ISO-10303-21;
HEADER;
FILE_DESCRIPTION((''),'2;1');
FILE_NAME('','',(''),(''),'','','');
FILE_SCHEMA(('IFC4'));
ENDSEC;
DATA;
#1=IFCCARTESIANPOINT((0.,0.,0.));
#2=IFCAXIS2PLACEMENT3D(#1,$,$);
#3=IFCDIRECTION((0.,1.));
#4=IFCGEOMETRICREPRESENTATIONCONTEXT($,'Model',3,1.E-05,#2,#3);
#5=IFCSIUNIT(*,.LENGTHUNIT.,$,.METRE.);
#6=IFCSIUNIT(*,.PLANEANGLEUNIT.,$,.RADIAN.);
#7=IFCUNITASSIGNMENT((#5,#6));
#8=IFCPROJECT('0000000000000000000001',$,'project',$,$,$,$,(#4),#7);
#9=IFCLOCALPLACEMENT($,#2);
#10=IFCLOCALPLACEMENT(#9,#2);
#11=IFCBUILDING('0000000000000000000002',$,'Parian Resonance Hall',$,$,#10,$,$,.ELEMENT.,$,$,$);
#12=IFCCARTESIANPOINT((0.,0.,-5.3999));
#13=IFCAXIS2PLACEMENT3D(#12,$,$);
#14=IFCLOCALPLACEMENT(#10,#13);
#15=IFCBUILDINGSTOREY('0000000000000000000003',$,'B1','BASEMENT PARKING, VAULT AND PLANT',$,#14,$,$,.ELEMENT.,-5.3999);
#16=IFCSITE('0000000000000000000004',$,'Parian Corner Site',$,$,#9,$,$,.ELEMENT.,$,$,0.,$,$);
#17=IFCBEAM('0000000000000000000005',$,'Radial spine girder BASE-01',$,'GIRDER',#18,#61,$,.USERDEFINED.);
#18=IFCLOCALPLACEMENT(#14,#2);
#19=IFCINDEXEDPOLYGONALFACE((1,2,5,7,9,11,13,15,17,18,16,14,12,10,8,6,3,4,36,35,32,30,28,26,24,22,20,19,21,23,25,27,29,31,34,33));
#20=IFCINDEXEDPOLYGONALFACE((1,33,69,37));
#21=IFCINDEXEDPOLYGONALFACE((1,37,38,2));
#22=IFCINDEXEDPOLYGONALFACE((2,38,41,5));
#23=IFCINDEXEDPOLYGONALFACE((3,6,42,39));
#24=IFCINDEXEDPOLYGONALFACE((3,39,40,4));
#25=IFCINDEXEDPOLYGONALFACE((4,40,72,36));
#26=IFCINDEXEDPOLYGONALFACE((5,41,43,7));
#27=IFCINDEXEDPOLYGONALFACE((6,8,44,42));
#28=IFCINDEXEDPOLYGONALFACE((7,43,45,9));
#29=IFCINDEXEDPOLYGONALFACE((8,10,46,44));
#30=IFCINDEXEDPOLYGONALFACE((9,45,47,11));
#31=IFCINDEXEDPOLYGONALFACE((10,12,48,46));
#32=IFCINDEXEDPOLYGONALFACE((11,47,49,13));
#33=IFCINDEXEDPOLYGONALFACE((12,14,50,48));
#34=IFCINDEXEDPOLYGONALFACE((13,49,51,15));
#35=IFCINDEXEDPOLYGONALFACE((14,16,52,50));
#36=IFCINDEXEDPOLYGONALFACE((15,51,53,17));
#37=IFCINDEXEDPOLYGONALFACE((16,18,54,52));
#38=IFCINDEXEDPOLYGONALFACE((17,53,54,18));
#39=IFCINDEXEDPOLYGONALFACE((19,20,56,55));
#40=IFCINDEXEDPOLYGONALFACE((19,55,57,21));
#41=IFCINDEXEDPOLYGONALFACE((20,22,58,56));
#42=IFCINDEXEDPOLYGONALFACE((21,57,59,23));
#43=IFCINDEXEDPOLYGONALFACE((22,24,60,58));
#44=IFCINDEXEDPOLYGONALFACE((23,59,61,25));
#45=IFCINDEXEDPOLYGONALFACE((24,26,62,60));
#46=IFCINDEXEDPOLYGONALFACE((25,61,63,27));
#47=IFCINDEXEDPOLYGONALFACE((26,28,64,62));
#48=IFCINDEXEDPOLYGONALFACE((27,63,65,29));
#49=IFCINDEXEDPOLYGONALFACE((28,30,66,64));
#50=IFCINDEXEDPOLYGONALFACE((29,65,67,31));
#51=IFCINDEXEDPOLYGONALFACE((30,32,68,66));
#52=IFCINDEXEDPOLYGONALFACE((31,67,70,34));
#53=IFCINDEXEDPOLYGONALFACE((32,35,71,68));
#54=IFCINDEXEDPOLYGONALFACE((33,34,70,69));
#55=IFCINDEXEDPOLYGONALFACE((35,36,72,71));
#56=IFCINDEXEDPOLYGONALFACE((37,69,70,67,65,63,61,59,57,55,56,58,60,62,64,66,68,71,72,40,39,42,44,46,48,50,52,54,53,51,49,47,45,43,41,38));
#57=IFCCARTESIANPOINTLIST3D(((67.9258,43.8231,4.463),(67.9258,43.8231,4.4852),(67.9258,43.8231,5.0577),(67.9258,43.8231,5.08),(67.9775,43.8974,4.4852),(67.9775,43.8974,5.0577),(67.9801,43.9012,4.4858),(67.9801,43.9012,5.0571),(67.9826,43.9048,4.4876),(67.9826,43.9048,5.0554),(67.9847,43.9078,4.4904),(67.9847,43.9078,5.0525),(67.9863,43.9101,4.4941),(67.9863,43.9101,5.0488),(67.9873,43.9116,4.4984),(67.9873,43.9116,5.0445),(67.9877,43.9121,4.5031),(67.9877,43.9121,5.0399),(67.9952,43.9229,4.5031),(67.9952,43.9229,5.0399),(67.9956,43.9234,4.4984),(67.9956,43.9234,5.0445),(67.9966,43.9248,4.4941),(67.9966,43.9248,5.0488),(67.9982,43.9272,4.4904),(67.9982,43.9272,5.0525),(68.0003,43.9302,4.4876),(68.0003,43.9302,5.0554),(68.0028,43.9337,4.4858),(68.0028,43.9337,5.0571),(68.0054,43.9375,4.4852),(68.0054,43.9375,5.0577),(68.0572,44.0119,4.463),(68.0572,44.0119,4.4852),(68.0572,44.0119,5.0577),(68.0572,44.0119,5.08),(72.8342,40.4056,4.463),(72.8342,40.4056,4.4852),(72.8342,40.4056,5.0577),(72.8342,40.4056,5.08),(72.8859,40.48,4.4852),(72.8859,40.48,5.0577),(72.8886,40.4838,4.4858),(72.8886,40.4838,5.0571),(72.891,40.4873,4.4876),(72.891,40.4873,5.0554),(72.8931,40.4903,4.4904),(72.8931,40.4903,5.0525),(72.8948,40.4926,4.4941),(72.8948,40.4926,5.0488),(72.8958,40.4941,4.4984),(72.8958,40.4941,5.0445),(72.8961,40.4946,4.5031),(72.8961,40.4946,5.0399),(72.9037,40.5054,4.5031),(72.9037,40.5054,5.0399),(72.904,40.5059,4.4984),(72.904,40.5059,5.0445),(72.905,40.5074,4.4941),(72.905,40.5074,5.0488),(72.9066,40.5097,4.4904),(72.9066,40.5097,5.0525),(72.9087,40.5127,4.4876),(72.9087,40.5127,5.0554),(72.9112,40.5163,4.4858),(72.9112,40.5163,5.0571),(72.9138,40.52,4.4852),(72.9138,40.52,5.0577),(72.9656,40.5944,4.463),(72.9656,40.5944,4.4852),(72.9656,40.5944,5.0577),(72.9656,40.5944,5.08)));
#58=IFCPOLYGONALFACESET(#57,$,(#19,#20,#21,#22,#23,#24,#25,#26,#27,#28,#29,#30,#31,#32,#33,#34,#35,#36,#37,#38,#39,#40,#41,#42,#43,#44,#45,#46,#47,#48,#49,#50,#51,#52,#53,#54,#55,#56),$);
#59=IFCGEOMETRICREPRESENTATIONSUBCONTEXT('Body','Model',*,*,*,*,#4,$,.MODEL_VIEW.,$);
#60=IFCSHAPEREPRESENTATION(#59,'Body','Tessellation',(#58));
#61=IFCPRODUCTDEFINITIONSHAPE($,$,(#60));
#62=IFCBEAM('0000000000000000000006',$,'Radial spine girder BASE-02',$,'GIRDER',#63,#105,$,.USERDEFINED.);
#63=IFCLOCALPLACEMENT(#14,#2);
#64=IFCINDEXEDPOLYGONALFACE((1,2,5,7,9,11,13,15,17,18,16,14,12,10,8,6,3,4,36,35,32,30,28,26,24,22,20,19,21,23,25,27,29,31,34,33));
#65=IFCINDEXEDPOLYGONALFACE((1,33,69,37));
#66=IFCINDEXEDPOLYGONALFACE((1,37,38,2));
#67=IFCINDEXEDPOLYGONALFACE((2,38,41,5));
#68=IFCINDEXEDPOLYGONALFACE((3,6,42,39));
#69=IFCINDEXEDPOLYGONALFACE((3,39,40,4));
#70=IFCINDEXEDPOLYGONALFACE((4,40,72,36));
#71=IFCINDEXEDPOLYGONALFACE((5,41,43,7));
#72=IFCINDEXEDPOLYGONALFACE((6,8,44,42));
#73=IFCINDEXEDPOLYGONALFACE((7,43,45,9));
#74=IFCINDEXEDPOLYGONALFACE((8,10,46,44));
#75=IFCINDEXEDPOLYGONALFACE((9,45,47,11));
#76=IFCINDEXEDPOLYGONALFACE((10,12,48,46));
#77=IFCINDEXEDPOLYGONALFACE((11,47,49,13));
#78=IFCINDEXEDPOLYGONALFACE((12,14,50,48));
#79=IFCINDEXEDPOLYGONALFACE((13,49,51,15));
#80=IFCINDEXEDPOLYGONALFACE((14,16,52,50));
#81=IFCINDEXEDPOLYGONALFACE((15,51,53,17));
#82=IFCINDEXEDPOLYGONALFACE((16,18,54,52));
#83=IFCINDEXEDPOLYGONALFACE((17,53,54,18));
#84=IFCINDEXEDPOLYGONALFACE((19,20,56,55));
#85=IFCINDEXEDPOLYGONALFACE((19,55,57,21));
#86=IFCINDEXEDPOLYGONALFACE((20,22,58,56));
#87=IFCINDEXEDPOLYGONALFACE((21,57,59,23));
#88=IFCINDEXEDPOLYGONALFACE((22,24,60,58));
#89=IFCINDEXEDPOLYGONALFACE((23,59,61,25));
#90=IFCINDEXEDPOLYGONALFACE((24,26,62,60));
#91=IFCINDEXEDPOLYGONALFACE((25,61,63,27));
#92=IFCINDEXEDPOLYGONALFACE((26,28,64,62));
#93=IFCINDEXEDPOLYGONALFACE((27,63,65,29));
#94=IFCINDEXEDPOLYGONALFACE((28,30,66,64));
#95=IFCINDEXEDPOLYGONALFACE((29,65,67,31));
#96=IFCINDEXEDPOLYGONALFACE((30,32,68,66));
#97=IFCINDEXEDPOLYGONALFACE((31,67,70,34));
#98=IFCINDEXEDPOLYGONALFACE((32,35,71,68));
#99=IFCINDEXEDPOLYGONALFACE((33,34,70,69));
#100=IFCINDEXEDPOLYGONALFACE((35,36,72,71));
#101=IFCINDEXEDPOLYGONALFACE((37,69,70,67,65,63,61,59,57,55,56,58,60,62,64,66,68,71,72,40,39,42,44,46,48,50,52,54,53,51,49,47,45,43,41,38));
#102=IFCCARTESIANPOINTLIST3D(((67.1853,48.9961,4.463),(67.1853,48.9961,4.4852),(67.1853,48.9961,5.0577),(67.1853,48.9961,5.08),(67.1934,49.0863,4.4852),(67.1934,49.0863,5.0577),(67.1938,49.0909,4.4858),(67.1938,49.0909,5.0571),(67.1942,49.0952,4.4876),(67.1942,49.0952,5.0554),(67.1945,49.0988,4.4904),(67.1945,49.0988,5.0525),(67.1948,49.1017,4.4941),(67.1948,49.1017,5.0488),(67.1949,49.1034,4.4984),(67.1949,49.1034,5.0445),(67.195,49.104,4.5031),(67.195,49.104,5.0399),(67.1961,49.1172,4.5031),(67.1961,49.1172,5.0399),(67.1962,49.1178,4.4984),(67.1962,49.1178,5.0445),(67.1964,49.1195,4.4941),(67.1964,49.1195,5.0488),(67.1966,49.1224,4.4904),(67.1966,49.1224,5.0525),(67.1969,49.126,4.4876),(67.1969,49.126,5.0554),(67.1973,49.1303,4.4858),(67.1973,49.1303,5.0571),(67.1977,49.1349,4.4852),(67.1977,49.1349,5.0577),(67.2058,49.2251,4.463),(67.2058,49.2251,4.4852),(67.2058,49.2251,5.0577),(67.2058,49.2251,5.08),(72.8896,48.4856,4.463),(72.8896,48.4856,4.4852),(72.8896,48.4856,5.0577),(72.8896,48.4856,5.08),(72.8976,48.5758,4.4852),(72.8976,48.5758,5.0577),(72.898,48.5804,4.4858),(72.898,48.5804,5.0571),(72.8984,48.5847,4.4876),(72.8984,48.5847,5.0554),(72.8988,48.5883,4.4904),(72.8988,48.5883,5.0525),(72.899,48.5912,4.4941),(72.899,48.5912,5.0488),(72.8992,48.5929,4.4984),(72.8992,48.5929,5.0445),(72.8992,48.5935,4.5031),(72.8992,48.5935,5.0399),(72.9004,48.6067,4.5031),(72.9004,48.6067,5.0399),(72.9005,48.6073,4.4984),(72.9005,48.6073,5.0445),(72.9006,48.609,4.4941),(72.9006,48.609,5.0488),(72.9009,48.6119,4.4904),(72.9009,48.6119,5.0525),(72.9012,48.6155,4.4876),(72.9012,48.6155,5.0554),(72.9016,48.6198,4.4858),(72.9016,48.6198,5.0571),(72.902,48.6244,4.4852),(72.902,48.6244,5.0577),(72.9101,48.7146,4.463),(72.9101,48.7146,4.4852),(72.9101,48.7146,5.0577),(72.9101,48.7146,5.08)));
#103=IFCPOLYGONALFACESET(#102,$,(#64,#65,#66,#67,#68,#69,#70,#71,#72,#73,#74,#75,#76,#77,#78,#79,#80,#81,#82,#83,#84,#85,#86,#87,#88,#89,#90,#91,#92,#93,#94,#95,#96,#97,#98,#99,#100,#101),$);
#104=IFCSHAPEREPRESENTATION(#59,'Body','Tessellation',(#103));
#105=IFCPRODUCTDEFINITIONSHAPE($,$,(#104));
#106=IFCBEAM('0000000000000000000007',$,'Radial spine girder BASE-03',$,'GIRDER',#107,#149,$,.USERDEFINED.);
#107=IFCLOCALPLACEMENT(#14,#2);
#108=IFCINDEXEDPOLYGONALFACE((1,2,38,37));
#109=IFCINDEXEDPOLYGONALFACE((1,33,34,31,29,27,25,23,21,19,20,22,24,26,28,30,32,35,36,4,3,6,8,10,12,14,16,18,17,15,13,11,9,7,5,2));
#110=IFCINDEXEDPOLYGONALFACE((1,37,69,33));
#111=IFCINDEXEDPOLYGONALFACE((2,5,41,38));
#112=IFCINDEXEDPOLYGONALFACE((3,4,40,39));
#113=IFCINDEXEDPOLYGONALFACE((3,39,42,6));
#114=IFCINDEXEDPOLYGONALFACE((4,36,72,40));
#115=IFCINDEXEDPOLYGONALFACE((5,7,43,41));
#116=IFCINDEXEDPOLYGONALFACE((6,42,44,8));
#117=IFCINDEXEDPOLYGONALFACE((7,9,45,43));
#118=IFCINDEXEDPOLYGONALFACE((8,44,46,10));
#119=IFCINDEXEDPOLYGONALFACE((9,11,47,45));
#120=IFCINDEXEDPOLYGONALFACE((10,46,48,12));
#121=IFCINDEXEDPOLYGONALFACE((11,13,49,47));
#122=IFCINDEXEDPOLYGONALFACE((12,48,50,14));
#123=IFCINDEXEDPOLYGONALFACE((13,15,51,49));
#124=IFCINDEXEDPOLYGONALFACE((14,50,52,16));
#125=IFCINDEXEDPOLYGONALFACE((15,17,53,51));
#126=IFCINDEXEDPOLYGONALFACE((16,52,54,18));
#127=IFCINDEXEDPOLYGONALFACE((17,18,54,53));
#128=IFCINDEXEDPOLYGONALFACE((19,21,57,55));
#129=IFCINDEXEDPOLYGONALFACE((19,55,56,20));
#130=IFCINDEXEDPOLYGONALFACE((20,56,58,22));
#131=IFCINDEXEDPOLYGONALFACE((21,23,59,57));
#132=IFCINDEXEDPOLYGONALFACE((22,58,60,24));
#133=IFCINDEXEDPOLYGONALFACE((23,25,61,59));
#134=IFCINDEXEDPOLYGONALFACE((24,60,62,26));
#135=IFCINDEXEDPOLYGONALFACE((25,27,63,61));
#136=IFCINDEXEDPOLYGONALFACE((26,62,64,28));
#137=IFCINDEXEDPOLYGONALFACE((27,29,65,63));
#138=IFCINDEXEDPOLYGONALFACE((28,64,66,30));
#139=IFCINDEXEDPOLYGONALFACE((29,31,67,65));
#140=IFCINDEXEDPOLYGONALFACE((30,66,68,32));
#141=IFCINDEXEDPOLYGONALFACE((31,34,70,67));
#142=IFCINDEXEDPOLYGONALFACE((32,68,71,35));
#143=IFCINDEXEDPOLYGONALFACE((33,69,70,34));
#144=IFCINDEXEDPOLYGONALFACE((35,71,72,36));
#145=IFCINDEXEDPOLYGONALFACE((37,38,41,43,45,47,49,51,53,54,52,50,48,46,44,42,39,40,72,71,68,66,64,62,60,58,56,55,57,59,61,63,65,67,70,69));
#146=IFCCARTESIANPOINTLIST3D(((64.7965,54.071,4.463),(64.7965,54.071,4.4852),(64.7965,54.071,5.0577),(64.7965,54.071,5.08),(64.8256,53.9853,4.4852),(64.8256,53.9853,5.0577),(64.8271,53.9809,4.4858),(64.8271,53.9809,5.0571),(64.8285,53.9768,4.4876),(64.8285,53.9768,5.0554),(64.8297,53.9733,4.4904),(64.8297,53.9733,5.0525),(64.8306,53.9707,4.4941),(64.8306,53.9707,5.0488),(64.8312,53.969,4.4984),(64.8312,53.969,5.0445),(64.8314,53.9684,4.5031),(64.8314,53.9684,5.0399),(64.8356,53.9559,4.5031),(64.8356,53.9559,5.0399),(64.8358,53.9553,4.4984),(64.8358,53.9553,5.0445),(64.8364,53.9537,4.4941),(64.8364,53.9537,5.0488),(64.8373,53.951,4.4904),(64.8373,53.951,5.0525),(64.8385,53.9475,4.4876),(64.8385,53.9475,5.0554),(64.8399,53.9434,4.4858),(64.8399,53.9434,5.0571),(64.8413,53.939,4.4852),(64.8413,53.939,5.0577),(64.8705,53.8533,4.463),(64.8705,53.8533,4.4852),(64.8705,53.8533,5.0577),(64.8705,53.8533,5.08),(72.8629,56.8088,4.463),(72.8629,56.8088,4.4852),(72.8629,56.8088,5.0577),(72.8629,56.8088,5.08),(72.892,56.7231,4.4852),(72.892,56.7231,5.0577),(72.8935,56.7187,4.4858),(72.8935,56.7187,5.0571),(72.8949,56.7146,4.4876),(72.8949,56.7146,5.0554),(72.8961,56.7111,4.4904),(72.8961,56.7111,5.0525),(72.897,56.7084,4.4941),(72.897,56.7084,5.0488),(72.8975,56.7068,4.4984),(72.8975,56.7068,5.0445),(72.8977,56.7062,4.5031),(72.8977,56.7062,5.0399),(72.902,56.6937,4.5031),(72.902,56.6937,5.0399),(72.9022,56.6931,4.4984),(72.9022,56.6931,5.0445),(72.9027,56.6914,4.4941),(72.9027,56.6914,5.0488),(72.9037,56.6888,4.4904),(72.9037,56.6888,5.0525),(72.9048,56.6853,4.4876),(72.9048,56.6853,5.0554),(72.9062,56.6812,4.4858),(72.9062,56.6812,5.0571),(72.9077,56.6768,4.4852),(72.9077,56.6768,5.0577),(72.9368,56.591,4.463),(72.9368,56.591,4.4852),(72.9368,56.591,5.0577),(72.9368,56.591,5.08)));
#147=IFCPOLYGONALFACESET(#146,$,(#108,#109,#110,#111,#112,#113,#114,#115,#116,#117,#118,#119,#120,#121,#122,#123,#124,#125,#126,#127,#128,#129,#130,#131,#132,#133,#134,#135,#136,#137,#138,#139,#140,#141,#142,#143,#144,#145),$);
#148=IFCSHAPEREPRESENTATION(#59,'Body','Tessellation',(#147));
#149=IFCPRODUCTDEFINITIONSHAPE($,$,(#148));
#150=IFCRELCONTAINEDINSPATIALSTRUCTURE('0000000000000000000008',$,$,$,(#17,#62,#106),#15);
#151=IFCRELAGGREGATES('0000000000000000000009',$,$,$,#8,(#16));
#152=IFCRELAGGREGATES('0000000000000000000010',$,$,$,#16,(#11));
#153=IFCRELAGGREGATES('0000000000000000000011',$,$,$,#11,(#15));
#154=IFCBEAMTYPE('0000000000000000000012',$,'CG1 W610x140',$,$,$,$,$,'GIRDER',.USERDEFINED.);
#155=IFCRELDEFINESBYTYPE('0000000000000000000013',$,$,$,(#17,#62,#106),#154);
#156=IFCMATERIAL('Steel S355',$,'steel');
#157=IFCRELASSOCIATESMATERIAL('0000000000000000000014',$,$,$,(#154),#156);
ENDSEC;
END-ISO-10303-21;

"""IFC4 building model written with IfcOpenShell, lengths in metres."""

from ifc_helpers import new_model, si_unit, direction, frame, origin, origin_2d, place, context, subcontext, project, spatial, i_section, extrude, material, material_profile, profile_set, type_object, element, save


model = new_model("IFC4")

# Units and contexts
model_context = context("Model", 3, precision=1e-05, world=origin(), true_north=direction((0.0, 1.0)))
body_context = subcontext(model_context, "Body", "Model", "MODEL_VIEW")
ifc_project = project(units=[si_unit("LENGTHUNIT", "METRE"), si_unit("PLANEANGLEUNIT", "RADIAN")], contexts=[model_context])

# Site, building, storey
site_placement = place(None, origin())
site = spatial("IfcSite", under=ifc_project, at=site_placement, Name="Parian Corner Site", CompositionType="ELEMENT", RefElevation=0.0)
building_placement = place(site_placement, origin())
building = spatial("IfcBuilding", under=site, at=building_placement, Name="Parian Resonance Hall", CompositionType="ELEMENT")
storey_placement = place(building_placement, frame((0.0, 0.0, -5.3999)))
storey = spatial("IfcBuildingStorey", under=building, at=storey_placement, Name="B1", Description="BASEMENT PARKING, VAULT AND PLANT", CompositionType="ELEMENT", Elevation=-5.3999)

# Beams
ifc_material_1 = material(Name="Steel S355", Category="steel")
ifc_material_profile_1 = material_profile(ifc_material_1, i_section(OverallWidth=0.23, OverallDepth=0.6169, WebThickness=0.0132, FlangeThickness=0.0222, FilletRadius=0.0178, at=origin_2d()), Name="W610x140")
ifc_profile_set_1 = profile_set([ifc_material_profile_1], Name="Steel S355")
beam_type_1 = type_object("IfcBeamType", Name="CG1 W610x140", ElementType="GIRDER", PredefinedType="USERDEFINED", material=ifc_profile_set_1)
beam_1_placement = place(storey_placement, frame((67.9915, 43.9175, 4.7715), z_axis=(0.820677, -0.571392, 0.0), x_axis=(0.571392, 0.820677, 0.0)))
element("IfcBeam", 1, at=beam_1_placement, inside=storey, type_object=beam_type_1, Name="Radial spine girder BASE-01", ObjectType="GIRDER", PredefinedType="USERDEFINED", context=body_context, shape_type="SweptSolid", body=[
    extrude(i_section(OverallWidth=0.23, OverallDepth=0.6169, WebThickness=0.0132, FlangeThickness=0.0222, FilletRadius=0.0178, at=origin_2d()), origin(), (0.0, 0.0, 1.0), 5.981),
])
beam_2_placement = place(storey_placement, frame((67.1956, 49.1106, 4.7715), z_axis=(0.996019, -0.089137, 0.0), x_axis=(0.089137, 0.996019, 0.0)))
element("IfcBeam", 2, at=beam_2_placement, inside=storey, type_object=beam_type_1, Name="Radial spine girder BASE-02", ObjectType="GIRDER", PredefinedType="USERDEFINED", context=body_context, shape_type="SweptSolid", body=[
    extrude(i_section(OverallWidth=0.23, OverallDepth=0.6169, WebThickness=0.0132, FlangeThickness=0.0222, FilletRadius=0.0178, at=origin_2d()), origin(), (0.0, 0.0, 1.0), 5.7271),
])
beam_3_placement = place(storey_placement, frame((64.8335, 53.9622, 4.7715), z_axis=(0.946944, 0.321399, 0.0), x_axis=(-0.321399, 0.946944, 0.0)))
element("IfcBeam", 3, at=beam_3_placement, inside=storey, type_object=beam_type_1, Name="Radial spine girder BASE-03", ObjectType="GIRDER", PredefinedType="USERDEFINED", context=body_context, shape_type="SweptSolid", body=[
    extrude(i_section(OverallWidth=0.23, OverallDepth=0.6169, WebThickness=0.0132, FlangeThickness=0.0222, FilletRadius=0.0178, at=origin_2d()), origin(), (0.0, 0.0, 1.0), 8.5183),
])

save(model, "model.ifc")
